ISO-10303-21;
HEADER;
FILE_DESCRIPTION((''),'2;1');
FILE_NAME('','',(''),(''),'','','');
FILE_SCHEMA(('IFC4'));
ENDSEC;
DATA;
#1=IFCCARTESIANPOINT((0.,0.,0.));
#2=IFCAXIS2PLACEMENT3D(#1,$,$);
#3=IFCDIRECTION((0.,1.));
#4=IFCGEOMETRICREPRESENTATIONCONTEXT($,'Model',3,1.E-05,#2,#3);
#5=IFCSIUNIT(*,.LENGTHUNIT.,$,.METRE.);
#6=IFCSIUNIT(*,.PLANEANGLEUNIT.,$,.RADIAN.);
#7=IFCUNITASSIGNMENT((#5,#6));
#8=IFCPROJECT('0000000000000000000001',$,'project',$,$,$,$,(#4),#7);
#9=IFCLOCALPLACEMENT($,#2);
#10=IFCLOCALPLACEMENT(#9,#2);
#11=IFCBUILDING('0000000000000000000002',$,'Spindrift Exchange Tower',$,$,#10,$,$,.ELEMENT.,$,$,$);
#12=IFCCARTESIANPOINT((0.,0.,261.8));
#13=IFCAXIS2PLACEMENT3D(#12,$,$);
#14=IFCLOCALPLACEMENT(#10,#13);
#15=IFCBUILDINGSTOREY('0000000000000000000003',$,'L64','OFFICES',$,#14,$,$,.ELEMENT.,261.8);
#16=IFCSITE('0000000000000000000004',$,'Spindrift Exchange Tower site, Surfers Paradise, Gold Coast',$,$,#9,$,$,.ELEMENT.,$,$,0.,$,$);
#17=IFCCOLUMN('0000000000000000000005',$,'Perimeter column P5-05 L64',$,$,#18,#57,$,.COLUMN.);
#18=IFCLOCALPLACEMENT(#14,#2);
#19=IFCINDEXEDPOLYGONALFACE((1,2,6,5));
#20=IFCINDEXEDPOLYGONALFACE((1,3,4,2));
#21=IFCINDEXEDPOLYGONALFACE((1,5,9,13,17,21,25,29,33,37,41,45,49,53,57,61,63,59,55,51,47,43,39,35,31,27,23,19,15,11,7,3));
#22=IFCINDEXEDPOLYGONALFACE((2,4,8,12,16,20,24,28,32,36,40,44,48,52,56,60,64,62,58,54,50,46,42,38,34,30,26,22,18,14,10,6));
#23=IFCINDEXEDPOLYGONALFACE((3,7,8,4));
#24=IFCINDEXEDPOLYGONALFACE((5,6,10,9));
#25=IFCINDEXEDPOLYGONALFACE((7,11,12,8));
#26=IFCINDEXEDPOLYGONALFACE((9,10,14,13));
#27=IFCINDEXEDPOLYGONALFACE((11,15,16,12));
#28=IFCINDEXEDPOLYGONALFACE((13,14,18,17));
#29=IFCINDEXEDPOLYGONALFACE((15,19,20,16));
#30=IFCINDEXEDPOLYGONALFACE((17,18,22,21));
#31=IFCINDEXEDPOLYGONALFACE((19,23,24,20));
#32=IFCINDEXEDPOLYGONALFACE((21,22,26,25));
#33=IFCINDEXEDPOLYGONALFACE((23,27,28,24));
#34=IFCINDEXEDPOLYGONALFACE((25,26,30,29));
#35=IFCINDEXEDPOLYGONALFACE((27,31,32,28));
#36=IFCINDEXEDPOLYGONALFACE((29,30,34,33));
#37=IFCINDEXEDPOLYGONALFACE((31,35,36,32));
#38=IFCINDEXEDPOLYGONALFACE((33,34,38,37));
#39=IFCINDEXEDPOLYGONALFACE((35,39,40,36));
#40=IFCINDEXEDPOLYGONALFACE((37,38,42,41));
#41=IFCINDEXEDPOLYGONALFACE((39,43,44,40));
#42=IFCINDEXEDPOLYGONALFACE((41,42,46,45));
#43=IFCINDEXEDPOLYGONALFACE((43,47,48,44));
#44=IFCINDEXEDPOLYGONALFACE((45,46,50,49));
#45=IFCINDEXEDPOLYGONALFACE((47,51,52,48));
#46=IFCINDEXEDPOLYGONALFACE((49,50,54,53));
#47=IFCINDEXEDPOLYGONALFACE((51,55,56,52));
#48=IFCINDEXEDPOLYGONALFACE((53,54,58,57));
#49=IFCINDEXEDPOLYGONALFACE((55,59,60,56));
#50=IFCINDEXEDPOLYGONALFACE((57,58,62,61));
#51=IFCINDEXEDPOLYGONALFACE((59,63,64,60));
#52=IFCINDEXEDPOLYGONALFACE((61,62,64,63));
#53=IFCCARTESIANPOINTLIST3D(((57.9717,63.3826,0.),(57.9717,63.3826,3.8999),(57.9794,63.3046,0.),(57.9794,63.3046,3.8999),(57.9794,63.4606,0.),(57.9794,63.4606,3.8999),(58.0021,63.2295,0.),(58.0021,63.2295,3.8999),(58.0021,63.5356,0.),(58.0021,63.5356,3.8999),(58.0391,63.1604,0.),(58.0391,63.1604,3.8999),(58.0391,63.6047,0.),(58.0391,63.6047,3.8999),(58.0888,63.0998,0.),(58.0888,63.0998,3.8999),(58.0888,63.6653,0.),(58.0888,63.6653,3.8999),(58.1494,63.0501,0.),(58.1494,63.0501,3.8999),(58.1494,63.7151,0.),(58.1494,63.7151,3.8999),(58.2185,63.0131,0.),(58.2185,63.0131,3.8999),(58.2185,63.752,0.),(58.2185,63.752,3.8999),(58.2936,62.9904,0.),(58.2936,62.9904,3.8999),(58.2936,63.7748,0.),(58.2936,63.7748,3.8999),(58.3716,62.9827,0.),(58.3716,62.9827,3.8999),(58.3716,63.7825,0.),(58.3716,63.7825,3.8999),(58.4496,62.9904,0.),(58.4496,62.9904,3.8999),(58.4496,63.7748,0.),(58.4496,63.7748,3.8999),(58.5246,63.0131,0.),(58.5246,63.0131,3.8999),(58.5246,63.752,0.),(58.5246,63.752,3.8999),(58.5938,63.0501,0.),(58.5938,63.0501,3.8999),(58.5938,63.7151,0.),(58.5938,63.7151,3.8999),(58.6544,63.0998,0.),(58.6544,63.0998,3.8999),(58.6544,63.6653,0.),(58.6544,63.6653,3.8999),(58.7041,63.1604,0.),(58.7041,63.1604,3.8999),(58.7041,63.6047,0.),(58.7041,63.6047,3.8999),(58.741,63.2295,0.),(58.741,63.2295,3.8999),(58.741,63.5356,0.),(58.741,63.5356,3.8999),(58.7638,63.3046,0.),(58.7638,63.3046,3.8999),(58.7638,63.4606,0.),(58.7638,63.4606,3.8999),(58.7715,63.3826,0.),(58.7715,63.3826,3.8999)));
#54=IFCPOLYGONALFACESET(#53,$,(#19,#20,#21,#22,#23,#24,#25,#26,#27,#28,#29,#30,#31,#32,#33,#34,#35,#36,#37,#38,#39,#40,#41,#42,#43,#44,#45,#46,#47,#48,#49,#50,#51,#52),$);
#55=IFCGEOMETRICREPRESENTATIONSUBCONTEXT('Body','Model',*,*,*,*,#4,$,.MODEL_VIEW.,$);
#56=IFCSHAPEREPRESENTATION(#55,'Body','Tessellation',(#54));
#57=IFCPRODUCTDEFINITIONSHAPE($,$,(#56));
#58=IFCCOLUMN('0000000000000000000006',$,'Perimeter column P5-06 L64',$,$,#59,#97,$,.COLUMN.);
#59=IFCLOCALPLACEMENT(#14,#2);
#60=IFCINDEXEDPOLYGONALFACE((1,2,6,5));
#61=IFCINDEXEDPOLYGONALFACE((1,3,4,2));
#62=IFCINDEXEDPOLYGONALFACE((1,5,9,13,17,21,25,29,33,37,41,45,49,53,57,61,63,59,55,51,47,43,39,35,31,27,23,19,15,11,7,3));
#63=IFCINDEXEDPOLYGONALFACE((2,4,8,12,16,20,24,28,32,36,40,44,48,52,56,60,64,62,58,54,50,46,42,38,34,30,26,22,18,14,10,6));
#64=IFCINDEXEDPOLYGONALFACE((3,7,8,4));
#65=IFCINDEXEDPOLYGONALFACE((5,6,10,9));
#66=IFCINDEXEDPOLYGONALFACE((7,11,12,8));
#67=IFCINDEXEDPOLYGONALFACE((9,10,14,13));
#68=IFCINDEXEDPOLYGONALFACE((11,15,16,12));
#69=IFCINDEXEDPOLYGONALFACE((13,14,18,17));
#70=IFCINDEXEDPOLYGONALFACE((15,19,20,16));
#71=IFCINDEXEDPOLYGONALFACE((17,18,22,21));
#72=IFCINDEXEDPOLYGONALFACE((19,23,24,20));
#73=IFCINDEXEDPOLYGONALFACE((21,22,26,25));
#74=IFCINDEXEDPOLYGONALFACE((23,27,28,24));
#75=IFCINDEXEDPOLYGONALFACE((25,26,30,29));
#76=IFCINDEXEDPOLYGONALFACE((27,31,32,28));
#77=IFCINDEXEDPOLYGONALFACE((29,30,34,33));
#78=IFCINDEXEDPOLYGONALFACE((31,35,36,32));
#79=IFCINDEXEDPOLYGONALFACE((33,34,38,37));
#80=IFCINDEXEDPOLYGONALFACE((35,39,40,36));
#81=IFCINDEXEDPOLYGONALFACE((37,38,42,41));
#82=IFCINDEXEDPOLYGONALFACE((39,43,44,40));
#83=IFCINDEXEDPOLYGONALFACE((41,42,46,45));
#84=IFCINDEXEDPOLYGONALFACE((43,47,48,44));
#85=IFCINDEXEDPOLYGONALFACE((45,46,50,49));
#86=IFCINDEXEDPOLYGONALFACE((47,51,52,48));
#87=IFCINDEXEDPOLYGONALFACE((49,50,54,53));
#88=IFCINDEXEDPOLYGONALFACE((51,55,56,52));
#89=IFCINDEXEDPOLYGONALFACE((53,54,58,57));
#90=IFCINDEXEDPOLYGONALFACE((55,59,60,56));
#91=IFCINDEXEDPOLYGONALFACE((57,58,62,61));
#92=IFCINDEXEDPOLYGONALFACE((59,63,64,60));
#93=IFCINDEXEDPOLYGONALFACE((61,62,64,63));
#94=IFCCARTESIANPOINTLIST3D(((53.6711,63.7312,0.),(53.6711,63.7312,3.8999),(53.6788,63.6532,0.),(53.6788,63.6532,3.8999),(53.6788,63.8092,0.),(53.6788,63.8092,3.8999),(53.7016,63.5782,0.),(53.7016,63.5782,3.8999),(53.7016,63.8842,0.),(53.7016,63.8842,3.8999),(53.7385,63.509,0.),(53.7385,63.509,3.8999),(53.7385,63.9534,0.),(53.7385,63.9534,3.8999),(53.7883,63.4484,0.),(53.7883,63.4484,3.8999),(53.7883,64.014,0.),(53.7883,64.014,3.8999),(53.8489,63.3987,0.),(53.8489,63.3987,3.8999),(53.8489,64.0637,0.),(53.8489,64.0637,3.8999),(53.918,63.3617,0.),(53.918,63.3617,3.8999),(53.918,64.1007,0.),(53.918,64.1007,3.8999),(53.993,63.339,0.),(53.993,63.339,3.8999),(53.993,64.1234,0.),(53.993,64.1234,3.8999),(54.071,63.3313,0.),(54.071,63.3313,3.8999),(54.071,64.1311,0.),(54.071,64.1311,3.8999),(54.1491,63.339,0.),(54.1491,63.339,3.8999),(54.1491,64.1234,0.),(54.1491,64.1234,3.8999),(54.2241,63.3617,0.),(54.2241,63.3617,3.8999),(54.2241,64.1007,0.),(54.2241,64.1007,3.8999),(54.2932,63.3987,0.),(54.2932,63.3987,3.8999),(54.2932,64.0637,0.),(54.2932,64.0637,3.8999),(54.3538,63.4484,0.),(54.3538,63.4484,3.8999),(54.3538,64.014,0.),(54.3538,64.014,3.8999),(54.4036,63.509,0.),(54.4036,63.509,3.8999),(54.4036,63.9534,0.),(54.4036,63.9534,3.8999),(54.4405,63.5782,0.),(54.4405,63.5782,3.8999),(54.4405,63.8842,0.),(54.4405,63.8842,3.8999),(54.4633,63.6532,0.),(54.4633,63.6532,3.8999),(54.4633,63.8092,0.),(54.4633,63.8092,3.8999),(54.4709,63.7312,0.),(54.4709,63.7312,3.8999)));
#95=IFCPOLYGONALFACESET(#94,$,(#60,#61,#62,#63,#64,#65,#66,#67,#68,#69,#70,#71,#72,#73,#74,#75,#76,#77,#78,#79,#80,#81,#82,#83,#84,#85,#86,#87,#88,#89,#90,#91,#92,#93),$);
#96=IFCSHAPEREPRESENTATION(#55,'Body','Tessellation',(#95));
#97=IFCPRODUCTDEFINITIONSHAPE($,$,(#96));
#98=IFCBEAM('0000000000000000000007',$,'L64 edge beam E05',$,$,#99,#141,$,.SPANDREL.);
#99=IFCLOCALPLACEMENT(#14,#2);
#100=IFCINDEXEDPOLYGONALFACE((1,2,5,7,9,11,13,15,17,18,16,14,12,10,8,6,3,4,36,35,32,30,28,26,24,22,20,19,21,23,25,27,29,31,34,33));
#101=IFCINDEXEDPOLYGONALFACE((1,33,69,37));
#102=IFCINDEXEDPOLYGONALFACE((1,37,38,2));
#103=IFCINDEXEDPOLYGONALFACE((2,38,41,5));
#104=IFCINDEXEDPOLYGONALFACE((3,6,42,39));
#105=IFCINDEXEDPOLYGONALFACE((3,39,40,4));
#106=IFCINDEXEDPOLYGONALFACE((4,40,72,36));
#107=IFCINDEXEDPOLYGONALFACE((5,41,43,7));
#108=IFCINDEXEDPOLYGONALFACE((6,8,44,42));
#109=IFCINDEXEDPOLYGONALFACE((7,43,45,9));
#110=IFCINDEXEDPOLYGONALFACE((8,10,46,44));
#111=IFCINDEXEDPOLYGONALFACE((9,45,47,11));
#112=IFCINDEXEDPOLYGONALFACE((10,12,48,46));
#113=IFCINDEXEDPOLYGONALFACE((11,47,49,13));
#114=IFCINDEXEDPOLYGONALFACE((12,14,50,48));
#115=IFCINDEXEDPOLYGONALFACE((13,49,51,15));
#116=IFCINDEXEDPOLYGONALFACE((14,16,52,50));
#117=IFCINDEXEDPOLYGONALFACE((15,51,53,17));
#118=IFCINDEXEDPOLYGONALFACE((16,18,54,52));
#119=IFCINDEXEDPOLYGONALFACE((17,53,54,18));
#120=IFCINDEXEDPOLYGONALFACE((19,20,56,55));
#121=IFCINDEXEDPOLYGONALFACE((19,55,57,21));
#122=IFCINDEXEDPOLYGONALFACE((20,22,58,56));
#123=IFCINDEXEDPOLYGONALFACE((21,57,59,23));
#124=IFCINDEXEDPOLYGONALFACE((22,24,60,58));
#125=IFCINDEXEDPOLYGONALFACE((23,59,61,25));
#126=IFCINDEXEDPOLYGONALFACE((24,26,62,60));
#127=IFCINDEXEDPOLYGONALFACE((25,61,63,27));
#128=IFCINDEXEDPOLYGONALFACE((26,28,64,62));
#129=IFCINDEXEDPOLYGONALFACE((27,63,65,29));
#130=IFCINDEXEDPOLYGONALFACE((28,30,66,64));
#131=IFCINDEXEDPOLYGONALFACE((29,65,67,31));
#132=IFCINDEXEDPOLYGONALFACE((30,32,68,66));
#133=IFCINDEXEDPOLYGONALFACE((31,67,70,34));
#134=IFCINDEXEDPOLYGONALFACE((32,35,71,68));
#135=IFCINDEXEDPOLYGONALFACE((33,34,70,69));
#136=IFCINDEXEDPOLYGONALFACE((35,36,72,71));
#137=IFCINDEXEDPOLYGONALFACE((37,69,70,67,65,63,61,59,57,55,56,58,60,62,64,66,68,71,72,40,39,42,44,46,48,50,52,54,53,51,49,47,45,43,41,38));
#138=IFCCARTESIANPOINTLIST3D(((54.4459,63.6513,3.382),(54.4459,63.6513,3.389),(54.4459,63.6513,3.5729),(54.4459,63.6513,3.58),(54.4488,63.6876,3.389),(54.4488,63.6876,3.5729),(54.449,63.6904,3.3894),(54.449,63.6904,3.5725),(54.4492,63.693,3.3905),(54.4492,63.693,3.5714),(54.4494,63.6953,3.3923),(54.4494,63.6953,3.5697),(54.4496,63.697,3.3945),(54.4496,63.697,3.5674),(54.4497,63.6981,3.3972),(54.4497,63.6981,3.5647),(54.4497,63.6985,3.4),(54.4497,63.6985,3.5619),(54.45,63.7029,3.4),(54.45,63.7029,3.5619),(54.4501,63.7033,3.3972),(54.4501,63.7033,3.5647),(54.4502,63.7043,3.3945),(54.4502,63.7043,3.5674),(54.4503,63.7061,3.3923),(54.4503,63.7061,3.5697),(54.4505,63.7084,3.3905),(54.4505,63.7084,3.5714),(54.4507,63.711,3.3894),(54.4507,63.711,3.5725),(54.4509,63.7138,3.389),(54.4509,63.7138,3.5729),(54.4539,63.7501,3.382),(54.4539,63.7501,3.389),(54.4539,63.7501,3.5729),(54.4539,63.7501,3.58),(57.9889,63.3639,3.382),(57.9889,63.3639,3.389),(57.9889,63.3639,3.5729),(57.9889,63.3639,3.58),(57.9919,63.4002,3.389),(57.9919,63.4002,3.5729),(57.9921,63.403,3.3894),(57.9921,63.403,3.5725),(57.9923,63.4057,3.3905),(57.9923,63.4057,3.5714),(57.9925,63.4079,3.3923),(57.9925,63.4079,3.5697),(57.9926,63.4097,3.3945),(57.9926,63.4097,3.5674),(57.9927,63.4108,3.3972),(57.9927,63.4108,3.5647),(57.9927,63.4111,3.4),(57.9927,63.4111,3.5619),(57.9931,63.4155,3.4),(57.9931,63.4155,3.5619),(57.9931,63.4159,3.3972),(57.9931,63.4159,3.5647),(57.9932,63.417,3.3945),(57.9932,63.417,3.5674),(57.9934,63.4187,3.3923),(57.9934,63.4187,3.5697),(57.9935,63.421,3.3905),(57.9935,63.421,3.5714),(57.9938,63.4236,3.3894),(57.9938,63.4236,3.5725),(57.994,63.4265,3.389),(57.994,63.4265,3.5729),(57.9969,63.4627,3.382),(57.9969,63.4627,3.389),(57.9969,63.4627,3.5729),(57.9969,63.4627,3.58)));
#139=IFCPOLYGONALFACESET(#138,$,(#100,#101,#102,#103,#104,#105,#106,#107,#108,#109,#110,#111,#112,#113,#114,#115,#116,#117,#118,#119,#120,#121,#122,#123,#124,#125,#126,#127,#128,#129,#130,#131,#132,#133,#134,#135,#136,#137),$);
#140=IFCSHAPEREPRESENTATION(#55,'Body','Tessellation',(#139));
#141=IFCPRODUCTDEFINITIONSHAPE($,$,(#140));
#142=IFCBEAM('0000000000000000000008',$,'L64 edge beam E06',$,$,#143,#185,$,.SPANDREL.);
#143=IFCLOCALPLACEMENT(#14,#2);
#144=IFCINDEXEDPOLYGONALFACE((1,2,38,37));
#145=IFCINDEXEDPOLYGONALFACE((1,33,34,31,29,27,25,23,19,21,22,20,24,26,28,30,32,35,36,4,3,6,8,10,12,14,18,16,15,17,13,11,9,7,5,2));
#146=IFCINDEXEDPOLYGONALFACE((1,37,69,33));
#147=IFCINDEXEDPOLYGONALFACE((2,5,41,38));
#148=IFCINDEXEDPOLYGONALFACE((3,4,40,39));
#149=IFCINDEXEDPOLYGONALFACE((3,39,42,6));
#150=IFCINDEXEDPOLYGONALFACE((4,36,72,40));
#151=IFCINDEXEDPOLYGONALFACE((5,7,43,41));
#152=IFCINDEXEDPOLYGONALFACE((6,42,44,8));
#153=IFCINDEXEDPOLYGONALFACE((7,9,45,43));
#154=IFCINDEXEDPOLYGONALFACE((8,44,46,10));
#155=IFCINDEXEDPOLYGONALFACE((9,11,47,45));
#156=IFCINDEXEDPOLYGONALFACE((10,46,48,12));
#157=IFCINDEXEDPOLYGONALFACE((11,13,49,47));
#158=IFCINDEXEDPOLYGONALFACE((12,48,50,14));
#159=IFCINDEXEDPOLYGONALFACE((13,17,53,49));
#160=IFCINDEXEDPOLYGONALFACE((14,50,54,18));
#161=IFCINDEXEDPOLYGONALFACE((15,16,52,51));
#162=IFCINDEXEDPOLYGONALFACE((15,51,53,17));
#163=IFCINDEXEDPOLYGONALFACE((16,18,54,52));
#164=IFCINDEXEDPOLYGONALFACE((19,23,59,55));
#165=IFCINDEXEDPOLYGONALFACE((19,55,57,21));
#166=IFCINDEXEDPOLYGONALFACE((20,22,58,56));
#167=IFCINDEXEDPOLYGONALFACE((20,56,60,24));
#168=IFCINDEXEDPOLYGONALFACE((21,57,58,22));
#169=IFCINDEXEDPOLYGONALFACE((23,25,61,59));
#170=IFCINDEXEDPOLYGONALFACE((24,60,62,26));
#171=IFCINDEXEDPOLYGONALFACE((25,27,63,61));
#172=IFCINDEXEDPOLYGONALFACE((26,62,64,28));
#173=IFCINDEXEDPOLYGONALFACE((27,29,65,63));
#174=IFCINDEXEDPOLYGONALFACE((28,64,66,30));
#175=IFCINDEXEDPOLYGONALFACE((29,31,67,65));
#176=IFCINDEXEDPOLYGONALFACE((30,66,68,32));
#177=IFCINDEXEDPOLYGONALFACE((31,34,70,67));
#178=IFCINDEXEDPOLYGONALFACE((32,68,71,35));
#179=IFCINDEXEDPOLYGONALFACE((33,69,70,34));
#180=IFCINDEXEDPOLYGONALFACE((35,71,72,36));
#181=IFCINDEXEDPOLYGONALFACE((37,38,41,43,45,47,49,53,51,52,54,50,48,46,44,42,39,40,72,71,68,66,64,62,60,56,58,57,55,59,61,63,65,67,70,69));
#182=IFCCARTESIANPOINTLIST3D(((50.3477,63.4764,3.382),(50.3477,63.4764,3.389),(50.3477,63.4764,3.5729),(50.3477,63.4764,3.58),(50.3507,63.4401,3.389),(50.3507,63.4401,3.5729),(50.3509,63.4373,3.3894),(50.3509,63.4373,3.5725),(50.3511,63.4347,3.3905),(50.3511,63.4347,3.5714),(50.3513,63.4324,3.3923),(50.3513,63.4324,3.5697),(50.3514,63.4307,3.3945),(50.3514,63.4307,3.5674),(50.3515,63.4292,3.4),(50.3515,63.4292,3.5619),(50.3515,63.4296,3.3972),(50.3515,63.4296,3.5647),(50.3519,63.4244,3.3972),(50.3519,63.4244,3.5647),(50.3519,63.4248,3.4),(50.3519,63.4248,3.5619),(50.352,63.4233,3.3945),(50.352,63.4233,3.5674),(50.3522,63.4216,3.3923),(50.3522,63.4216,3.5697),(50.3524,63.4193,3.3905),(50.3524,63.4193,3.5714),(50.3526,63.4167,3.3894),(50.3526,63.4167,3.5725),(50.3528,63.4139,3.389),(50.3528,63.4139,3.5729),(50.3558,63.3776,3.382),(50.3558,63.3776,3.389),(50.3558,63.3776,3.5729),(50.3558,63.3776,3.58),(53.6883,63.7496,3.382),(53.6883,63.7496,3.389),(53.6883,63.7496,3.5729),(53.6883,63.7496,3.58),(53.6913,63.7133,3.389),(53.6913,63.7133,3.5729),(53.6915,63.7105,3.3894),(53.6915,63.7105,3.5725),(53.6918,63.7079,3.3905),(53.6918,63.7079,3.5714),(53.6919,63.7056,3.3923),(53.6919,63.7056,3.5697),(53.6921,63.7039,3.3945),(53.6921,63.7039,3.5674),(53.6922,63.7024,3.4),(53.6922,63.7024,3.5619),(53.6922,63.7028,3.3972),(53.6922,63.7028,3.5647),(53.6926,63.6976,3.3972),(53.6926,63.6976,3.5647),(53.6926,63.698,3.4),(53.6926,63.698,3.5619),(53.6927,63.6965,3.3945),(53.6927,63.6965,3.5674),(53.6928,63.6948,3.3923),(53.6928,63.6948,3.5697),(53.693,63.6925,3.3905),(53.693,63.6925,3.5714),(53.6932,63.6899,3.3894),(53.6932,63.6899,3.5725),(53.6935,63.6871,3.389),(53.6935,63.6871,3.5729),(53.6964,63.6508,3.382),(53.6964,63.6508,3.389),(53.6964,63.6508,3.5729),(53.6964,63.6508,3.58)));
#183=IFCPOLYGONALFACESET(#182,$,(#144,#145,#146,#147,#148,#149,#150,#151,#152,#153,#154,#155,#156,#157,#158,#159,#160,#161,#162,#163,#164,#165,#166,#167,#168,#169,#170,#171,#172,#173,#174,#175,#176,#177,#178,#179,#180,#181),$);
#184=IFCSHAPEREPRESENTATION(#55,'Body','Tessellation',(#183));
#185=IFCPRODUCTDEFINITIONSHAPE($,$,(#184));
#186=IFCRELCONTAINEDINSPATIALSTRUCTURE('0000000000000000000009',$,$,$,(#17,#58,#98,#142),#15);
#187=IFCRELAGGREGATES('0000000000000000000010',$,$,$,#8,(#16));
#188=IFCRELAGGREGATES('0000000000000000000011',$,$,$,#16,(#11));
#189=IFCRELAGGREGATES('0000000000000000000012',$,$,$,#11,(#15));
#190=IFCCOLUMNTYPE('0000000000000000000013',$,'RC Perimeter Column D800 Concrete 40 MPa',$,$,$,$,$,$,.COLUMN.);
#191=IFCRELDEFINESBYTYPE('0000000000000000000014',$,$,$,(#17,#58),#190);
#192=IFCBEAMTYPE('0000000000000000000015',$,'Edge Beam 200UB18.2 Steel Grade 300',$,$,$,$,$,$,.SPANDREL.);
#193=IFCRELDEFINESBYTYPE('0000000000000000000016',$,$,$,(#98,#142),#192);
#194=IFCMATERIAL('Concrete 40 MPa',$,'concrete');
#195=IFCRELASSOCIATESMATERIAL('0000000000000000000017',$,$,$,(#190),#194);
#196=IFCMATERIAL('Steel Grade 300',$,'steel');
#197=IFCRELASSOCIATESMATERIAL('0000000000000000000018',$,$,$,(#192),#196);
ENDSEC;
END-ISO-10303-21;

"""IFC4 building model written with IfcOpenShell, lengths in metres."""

from ifc_helpers import new_model, si_unit, direction, frame, origin, origin_2d, place, context, subcontext, project, spatial, circle, i_section, extrude, source, transform, mapped, material, material_profile, profile_set, type_object, element, save


model = new_model("IFC4")

# Units and contexts
model_context = context("Model", 3, precision=1e-05, world=origin(), true_north=direction((0.0, 1.0)))
body_context = subcontext(model_context, "Body", "Model", "MODEL_VIEW")
ifc_project = project(units=[si_unit("LENGTHUNIT", "METRE"), si_unit("PLANEANGLEUNIT", "RADIAN")], contexts=[model_context])

# Site, building, storey
site_placement = place(None, origin())
site = spatial("IfcSite", under=ifc_project, at=site_placement, Name="Spindrift Exchange Tower site, Surfers Paradise, Gold Coast", CompositionType="ELEMENT", RefElevation=0.0)
building_placement = place(site_placement, origin())
building = spatial("IfcBuilding", under=site, at=building_placement, Name="Spindrift Exchange Tower", CompositionType="ELEMENT")
storey_placement = place(building_placement, frame((0.0, 0.0, 261.8)))
storey = spatial("IfcBuildingStorey", under=building, at=storey_placement, Name="L64", Description="OFFICES", CompositionType="ELEMENT", Elevation=261.8)

# Columns
ifc_material_1 = material(Name="Concrete 40 MPa", Category="concrete")
ifc_material_profile_1 = material_profile(ifc_material_1, circle(Radius=0.3999, at=origin_2d()), Name="RC D800")
ifc_profile_set_1 = profile_set([ifc_material_profile_1], Name="Concrete 40 MPa")
column_type = type_object("IfcColumnType", Name="RC Perimeter Column D800 Concrete 40 MPa", PredefinedType="COLUMN", material=ifc_profile_set_1)
shared_shape_1 = source(origin(), body_context, "Body", "SweptSolid", [
    extrude(circle(Radius=0.3999, at=origin_2d()), origin(), (0.0, 0.0, 1.0), 3.8999),
])
for number, where, z_axis, x_axis, name in (
    (1, (58.3716, 63.3826, 0.0), (0.0, 0.0, 1.0), (1.0, 0.0, 0.0), "Perimeter column P5-05 L64"),
    (2, (54.071, 63.7312, 0.0), (0.0, 0.0, 1.0), (1.0, 0.0, 0.0), "Perimeter column P5-06 L64"),
):
    element("IfcColumn", number, at=place(storey_placement, frame(where, z_axis=z_axis, x_axis=x_axis)), inside=storey, type_object=column_type, Name=name, PredefinedType="COLUMN", context=body_context, shape_type="MappedRepresentation", body=[
        mapped(shared_shape_1, transform((0.0, 0.0, 0.0), scale=1.0)),
    ])

# Beams
ifc_material_2 = material(Name="Steel Grade 300", Category="steel")
ifc_material_profile_2 = material_profile(ifc_material_2, i_section(OverallWidth=0.0991, OverallDepth=0.198, WebThickness=0.0044, FlangeThickness=0.0071, FilletRadius=0.011, at=origin_2d()), Name="200UB18.2")
ifc_profile_set_2 = profile_set([ifc_material_profile_2], Name="Steel Grade 300")
beam_type = type_object("IfcBeamType", Name="Edge Beam 200UB18.2 Steel Grade 300", PredefinedType="SPANDREL", material=ifc_profile_set_2)
shared_shape_2 = source(origin(), body_context, "Body", "SweptSolid", [
    extrude(i_section(OverallWidth=0.0991, OverallDepth=0.198, WebThickness=0.0044, FlangeThickness=0.0071, FilletRadius=0.011, at=origin_2d()), origin(), (0.0, 0.0, 1.0), 3.5547),
])
beam_1_placement = place(storey_placement, frame((57.9929, 63.4133, 3.481), z_axis=(-0.996727, 0.08084, 0.0), x_axis=(-0.08084, -0.996727, 0.0)))
element("IfcBeam", 3, at=beam_1_placement, inside=storey, type_object=beam_type, Name="L64 edge beam E05", PredefinedType="SPANDREL", context=body_context, shape_type="MappedRepresentation", body=[
    mapped(shared_shape_2, transform((0.0, 0.0, 0.0), scale=1.0)),
])
shared_shape_3 = source(origin(), body_context, "Body", "SweptSolid", [
    extrude(i_section(OverallWidth=0.0991, OverallDepth=0.198, WebThickness=0.0044, FlangeThickness=0.0071, FilletRadius=0.011, at=origin_2d()), origin(), (0.0, 0.0, 1.0), 3.3518),
])
beam_2_placement = place(storey_placement, frame((53.6924, 63.7002, 3.481), z_axis=(-0.996673, -0.081508, 0.0), x_axis=(0.081508, -0.996673, 0.0)))
element("IfcBeam", 4, at=beam_2_placement, inside=storey, type_object=beam_type, Name="L64 edge beam E06", PredefinedType="SPANDREL", context=body_context, shape_type="MappedRepresentation", body=[
    mapped(shared_shape_3, transform((0.0, 0.0, 0.0), scale=1.0)),
])

save(model, "model.ifc")
